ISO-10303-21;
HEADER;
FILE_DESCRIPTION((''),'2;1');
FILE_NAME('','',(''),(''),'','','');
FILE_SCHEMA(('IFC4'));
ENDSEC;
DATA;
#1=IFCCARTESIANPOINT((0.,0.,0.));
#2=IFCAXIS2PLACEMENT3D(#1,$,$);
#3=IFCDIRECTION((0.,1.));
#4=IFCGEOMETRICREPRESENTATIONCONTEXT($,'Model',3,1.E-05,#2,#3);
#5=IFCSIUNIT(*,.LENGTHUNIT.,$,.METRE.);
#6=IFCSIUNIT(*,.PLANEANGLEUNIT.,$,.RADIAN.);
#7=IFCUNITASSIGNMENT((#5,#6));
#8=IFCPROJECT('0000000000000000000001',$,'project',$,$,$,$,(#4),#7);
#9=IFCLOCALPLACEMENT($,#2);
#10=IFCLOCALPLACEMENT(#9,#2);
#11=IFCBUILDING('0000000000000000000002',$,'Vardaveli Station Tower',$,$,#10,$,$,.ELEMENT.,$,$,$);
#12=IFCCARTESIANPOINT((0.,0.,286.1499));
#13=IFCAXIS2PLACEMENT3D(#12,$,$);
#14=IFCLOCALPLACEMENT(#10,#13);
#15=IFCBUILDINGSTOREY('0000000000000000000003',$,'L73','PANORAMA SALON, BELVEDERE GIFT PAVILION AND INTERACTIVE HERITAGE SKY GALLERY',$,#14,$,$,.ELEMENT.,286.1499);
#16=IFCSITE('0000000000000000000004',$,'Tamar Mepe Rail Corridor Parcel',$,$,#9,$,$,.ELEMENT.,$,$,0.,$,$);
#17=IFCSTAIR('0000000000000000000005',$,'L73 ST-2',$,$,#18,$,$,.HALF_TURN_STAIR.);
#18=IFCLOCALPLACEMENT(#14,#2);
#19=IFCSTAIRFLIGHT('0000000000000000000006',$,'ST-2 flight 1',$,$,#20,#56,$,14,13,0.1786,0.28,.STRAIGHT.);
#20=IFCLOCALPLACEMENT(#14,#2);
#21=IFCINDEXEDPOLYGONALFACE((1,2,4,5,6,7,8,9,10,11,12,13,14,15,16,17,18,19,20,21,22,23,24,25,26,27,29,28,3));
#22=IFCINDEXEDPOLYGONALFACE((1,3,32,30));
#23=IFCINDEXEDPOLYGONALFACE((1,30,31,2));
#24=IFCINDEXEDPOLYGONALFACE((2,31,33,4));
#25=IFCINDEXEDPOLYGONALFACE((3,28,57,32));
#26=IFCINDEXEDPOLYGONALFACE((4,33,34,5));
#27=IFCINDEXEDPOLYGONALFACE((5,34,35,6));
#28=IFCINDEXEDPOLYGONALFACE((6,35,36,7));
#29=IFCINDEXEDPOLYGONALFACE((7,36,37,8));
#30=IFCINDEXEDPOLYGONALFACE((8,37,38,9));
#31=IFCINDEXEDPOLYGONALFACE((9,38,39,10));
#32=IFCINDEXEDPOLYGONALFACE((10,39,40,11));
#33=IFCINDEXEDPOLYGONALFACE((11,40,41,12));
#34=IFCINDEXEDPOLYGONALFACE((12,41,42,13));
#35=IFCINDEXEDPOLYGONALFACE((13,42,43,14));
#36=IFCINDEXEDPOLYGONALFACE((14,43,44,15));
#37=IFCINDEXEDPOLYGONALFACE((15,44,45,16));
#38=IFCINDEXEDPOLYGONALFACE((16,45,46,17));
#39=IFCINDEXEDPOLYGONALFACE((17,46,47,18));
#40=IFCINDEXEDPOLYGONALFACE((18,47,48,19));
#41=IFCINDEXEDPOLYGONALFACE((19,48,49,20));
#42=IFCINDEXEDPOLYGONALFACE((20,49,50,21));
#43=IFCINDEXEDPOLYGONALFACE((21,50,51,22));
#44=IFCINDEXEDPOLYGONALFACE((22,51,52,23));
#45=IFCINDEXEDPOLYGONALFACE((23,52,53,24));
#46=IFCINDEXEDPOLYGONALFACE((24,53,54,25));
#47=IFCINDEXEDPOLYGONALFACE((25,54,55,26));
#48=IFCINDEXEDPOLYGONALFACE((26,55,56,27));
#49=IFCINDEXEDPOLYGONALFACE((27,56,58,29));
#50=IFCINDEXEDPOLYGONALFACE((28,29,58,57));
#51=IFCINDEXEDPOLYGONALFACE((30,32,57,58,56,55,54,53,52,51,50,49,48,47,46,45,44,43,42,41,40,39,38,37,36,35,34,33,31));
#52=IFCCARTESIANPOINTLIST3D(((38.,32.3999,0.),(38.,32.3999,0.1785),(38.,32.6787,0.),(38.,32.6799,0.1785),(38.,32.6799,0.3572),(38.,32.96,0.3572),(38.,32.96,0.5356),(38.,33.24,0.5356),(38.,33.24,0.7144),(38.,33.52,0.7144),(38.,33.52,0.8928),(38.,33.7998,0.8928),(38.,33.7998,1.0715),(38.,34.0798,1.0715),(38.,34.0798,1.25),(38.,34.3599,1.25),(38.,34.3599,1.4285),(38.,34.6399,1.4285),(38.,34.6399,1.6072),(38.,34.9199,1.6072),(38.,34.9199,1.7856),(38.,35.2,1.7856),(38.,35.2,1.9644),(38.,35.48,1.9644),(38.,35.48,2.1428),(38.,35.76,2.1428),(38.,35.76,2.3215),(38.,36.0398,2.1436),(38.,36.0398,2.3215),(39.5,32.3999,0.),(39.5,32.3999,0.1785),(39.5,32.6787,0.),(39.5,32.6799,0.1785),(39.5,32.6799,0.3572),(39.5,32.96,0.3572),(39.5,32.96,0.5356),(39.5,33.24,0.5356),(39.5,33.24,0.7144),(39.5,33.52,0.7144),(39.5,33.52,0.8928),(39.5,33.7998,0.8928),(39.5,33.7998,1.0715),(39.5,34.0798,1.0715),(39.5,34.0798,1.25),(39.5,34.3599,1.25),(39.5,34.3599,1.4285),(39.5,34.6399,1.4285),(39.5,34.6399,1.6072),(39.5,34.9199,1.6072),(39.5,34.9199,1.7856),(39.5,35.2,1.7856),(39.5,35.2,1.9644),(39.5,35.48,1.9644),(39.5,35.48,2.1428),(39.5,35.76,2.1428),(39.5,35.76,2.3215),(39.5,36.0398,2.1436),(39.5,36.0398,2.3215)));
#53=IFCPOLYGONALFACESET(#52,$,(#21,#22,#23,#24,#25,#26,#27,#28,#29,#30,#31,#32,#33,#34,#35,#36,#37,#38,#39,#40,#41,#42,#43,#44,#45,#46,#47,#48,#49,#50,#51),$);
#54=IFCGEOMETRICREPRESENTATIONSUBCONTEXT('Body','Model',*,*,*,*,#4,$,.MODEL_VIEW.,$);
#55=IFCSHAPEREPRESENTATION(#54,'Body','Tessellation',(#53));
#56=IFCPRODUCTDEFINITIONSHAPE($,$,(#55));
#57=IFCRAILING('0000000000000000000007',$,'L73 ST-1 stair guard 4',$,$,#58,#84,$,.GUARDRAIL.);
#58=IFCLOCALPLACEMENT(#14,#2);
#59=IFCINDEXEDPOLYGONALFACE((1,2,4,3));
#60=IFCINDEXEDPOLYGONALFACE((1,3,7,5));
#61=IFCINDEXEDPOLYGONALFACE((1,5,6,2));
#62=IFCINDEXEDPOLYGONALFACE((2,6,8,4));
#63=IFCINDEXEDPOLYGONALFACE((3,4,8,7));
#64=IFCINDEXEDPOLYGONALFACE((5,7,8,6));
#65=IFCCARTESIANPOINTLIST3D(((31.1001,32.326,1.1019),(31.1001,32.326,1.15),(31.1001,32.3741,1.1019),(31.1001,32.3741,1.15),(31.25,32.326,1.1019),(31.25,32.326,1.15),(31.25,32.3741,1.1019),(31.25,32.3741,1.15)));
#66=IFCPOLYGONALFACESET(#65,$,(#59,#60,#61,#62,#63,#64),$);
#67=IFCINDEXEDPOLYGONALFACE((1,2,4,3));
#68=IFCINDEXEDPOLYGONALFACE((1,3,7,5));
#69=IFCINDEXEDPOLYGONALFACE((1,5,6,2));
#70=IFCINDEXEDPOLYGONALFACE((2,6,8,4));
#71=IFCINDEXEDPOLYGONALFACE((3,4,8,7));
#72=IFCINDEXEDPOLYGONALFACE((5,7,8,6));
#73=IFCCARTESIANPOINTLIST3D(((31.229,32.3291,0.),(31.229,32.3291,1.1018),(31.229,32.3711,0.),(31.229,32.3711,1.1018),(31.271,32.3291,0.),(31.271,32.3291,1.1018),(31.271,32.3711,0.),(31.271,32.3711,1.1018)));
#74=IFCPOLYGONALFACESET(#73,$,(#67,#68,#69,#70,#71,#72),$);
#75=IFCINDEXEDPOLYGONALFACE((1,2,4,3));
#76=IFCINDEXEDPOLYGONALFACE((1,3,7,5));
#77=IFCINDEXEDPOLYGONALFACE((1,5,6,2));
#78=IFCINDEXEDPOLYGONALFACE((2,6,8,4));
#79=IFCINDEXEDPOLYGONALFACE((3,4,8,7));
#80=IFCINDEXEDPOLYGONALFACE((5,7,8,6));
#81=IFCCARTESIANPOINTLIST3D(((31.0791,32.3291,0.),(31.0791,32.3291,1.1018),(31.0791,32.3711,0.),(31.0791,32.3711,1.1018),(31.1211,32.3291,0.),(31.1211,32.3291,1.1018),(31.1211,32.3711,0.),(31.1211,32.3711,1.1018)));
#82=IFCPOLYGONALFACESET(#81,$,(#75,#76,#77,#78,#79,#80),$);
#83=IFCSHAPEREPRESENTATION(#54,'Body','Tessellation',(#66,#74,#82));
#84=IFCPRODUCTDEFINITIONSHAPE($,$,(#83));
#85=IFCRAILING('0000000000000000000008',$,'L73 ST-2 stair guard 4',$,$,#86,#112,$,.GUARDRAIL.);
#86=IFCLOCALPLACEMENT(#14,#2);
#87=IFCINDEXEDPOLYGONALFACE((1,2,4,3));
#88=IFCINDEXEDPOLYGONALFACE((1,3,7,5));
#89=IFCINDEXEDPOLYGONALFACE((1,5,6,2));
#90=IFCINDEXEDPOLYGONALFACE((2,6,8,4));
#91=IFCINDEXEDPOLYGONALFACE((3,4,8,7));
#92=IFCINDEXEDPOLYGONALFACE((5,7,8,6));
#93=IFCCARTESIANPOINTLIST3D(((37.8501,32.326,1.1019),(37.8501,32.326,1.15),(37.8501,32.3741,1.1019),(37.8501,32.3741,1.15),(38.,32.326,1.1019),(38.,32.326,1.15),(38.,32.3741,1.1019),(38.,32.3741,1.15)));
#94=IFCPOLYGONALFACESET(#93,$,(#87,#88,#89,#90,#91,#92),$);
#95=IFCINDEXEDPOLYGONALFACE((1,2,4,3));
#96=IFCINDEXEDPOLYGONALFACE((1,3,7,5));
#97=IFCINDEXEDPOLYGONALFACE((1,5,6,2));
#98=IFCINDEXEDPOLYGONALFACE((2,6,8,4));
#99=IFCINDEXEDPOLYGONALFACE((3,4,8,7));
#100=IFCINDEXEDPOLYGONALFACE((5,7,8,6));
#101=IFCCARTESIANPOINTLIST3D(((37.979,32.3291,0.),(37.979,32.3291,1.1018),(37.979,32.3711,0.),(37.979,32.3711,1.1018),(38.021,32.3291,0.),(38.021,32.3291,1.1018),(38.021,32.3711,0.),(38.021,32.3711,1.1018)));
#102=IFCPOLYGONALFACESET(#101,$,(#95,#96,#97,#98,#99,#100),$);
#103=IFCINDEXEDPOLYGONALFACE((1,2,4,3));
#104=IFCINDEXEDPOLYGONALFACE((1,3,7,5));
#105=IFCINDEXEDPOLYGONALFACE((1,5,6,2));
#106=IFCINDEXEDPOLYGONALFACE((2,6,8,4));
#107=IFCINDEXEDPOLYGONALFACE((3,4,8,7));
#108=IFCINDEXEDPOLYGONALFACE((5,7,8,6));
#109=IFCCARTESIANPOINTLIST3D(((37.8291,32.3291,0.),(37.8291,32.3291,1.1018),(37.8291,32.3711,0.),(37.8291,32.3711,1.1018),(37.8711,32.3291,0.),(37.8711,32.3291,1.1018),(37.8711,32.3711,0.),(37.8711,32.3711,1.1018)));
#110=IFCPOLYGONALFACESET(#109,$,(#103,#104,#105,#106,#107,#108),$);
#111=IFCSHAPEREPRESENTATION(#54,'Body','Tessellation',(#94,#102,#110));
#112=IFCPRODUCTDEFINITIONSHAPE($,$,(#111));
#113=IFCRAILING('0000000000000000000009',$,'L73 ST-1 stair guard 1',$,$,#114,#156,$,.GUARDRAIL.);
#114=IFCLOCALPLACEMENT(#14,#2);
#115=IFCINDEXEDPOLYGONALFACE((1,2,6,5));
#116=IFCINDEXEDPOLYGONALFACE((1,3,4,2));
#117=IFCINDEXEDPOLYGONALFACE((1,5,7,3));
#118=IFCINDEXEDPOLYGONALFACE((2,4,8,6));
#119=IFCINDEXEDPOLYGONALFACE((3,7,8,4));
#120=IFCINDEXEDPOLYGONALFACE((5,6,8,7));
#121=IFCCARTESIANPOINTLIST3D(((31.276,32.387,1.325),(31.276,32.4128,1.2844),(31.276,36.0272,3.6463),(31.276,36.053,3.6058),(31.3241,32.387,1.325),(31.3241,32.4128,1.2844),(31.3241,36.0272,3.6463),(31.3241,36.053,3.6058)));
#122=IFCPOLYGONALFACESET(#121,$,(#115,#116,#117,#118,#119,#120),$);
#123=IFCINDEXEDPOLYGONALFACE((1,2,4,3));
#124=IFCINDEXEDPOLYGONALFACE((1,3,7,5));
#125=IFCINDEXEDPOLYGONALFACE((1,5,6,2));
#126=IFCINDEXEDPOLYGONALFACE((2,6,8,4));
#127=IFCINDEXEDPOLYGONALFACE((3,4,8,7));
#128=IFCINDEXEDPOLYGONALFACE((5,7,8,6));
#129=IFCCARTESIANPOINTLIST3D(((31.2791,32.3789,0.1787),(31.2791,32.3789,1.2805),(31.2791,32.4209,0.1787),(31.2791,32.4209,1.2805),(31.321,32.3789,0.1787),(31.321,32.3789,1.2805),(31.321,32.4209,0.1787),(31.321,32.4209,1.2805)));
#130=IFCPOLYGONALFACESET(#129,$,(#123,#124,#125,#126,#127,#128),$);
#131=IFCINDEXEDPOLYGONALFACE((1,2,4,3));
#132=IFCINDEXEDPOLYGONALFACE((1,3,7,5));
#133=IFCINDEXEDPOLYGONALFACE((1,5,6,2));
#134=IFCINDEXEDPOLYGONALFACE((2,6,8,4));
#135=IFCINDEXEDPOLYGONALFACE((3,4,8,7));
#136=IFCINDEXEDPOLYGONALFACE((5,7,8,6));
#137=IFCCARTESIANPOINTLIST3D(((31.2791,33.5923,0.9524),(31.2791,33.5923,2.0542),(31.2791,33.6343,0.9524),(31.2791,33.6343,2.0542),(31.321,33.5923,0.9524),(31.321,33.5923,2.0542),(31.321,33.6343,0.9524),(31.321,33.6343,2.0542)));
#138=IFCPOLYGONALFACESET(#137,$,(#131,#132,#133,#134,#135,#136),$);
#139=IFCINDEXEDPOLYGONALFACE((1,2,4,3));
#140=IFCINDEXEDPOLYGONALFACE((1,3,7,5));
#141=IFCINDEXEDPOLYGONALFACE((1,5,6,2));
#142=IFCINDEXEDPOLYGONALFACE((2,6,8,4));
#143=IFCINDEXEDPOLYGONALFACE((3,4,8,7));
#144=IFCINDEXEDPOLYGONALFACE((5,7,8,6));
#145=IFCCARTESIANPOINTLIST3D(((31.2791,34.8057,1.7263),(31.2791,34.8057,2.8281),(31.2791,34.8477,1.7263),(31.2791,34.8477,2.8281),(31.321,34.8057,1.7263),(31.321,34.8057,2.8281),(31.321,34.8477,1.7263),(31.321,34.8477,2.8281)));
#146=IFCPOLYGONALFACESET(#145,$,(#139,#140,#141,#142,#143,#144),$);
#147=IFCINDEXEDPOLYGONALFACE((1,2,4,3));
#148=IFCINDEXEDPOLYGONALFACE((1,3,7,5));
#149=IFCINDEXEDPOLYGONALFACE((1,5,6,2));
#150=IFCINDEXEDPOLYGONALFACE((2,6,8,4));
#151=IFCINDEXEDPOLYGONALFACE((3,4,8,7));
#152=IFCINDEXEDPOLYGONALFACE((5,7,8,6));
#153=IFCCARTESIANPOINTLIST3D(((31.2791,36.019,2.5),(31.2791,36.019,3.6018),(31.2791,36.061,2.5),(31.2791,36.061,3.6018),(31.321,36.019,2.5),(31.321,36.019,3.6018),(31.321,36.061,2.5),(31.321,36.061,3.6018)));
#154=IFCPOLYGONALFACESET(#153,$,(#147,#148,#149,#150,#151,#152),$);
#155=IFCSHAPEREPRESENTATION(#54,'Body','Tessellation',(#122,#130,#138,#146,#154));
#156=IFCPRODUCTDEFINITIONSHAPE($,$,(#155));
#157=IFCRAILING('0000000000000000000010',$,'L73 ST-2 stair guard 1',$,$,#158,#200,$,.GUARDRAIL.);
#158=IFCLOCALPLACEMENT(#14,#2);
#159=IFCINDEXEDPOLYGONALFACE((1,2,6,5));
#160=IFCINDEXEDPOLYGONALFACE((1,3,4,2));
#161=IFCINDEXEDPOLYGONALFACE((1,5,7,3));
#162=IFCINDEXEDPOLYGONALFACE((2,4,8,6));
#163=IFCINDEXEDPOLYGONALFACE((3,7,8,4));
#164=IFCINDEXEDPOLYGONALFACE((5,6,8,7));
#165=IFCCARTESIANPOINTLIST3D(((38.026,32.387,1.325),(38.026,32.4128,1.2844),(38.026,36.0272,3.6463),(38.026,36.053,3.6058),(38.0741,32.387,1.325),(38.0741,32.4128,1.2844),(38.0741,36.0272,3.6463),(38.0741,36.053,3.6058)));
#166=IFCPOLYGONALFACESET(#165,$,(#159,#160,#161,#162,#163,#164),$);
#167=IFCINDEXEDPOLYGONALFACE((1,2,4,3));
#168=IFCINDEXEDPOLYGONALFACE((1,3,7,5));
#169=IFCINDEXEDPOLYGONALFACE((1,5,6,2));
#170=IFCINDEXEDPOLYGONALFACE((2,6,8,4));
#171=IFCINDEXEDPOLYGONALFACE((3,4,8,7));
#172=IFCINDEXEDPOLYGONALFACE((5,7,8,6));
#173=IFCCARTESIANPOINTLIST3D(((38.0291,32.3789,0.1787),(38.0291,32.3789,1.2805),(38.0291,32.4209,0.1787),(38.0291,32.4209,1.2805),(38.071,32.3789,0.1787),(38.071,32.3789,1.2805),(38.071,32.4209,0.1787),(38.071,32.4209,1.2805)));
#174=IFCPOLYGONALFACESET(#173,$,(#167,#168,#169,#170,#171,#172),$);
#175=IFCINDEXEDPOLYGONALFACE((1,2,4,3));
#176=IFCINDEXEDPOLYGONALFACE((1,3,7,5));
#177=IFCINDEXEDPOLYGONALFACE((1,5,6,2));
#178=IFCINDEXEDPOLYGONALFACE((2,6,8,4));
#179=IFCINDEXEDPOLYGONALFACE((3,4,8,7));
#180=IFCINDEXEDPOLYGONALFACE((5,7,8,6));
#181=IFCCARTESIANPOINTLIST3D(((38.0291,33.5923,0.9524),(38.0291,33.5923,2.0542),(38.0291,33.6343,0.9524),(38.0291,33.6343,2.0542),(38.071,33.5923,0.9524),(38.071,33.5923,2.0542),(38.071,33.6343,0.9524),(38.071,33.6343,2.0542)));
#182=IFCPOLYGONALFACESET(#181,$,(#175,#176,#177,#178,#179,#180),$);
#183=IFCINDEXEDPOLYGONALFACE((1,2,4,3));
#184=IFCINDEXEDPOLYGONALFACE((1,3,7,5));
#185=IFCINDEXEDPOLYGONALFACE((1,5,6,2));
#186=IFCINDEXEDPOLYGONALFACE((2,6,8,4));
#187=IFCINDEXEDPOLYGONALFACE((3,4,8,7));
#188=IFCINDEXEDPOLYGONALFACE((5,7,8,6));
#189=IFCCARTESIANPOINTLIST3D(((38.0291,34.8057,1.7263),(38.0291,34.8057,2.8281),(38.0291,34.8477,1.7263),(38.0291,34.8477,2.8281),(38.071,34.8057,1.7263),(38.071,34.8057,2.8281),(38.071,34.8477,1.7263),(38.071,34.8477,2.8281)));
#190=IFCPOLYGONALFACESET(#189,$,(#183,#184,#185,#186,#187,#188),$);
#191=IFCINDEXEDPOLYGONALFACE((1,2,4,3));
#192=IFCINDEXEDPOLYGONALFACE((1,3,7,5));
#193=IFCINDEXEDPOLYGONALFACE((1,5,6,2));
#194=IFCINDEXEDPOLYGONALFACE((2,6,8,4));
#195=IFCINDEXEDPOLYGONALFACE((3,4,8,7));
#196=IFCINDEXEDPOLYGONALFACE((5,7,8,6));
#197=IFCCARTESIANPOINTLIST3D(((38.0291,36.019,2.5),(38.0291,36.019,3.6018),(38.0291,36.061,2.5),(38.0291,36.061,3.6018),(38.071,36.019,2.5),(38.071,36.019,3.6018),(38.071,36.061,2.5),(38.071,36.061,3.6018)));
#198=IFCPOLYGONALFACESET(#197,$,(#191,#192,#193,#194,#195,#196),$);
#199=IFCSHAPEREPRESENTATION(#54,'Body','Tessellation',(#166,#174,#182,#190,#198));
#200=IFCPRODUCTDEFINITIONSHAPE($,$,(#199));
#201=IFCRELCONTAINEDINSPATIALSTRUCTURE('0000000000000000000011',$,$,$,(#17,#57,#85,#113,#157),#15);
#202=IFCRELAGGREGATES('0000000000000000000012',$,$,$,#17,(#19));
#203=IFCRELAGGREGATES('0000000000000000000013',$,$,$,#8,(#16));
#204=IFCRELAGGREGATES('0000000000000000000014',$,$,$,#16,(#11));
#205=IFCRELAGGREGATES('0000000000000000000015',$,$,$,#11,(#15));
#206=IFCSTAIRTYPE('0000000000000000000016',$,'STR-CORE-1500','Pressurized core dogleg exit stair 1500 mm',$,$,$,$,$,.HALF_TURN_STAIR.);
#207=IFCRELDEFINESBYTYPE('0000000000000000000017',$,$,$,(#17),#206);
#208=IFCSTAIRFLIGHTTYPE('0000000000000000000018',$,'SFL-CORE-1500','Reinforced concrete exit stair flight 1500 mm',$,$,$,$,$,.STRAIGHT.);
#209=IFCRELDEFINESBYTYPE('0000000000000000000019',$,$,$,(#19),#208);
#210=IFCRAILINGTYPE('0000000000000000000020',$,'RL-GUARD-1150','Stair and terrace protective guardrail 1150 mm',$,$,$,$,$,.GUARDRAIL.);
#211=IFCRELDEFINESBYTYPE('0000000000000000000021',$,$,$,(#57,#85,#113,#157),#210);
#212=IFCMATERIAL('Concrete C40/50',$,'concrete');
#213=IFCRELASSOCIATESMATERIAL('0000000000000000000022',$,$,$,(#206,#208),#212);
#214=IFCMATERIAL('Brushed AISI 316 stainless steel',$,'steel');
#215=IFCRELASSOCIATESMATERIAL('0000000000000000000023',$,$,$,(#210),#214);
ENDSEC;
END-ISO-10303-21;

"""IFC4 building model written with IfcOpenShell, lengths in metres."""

from ifc_helpers import new_model, si_unit, direction, frame, origin, origin_2d, place, context, subcontext, project, spatial, polyline, rectangle, outline, extrude, source, transform, mapped, material, type_object, element, aggregate, save


model = new_model("IFC4")

# Units and contexts
model_context = context("Model", 3, precision=1e-05, world=origin(), true_north=direction((0.0, 1.0)))
body_context = subcontext(model_context, "Body", "Model", "MODEL_VIEW")
ifc_project = project(units=[si_unit("LENGTHUNIT", "METRE"), si_unit("PLANEANGLEUNIT", "RADIAN")], contexts=[model_context])

# Site, building, storey
site_placement = place(None, origin())
site = spatial("IfcSite", under=ifc_project, at=site_placement, Name="Tamar Mepe Rail Corridor Parcel", CompositionType="ELEMENT", RefElevation=0.0)
building_placement = place(site_placement, origin())
building = spatial("IfcBuilding", under=site, at=building_placement, Name="Vardaveli Station Tower", CompositionType="ELEMENT")
storey_placement = place(building_placement, frame((0.0, 0.0, 286.1499)))
storey = spatial("IfcBuildingStorey", under=building, at=storey_placement, Name="L73", Description="PANORAMA SALON, BELVEDERE GIFT PAVILION AND INTERACTIVE HERITAGE SKY GALLERY", CompositionType="ELEMENT", Elevation=286.1499)

# Shared definitions
ifc_material_1 = material(Name="Concrete C40/50", Category="concrete")

# Stair, stair flight
stair_type = type_object("IfcStairType", Name="STR-CORE-1500", Description="Pressurized core dogleg exit stair 1500 mm", PredefinedType="HALF_TURN_STAIR", material=ifc_material_1)
stair_flight_type = type_object("IfcStairFlightType", Name="SFL-CORE-1500", Description="Reinforced concrete exit stair flight 1500 mm", PredefinedType="STRAIGHT", material=ifc_material_1)
shared_shape_1 = source(origin(), body_context, "Body", "SweptSolid", [
    extrude(outline(polyline([(0.0, 0.0), (0.0, 0.1785), (0.28, 0.1785), (0.28, 0.3572), (0.5601, 0.3572), (0.5601, 0.5356), (0.8401, 0.5356), (0.8401, 0.7144), (1.1201, 0.7144), (1.1201, 0.8928), (1.3999, 0.8928), (1.3999, 1.0715), (1.6799, 1.0715), (1.6799, 1.25), (1.96, 1.25), (1.96, 1.4285), (2.24, 1.4285), (2.24, 1.6072), (2.52, 1.6072), (2.52, 1.7856), (2.8, 1.7856), (2.8, 1.9644), (3.0801, 1.9644), (3.0801, 2.1428), (3.3601, 2.1428), (3.3601, 2.3215), (3.6399, 2.3215), (3.6399, 2.5), (3.6399, 2.1436), (0.2788, 0.0), (0.0, 0.0)])), frame((0.0, 0.75, 0.0), z_axis=(0.0, -1.0, 0.0), x_axis=(1.0, 0.0, 0.0)), (0.0, 0.0, 1.0), 1.5),
])
stair_1_placement = place(storey_placement, origin())
stair_1 = element("IfcStair", 1, at=stair_1_placement, inside=storey, type_object=stair_type, Name="L73 ST-2", PredefinedType="HALF_TURN_STAIR")
stair_flight_1_placement = place(storey_placement, frame((38.75, 32.3999, 0.0), z_axis=(0.0, 0.0, 1.0), x_axis=(0.0, 1.0, 0.0)))
stair_flight_1 = element("IfcStairFlight", 2, at=stair_flight_1_placement, type_object=stair_flight_type, Name="ST-2 flight 1", NumberOfRisers=14, NumberOfTreads=13, PredefinedType="STRAIGHT", RiserHeight=0.1786, TreadLength=0.28, context=body_context, shape_type="MappedRepresentation", body=[
    mapped(shared_shape_1, transform((0.0, 0.0, 0.0), scale=1.0)),
])
aggregate(stair_1, [stair_flight_1])

# Railings
ifc_material_2 = material(Name="Brushed AISI 316 stainless steel", Category="steel")
railing_type_1 = type_object("IfcRailingType", Name="RL-GUARD-1150", Description="Stair and terrace protective guardrail 1150 mm", PredefinedType="GUARDRAIL", material=ifc_material_2)
shared_shape_2 = source(origin(), body_context, "Body", "SweptSolid", [
    extrude(rectangle(XDim=0.0481, YDim=0.0481, at=origin_2d()), frame((0.0, 0.0, 1.126), z_axis=(-1.0, 0.0, 0.0), x_axis=(0.0, -1.0, 0.0)), (0.0, 0.0, 1.0), 0.1499),
    extrude(rectangle(XDim=0.042, YDim=0.042, at=origin_2d()), origin(), (0.0, 0.0, 1.0), 1.1018),
    extrude(rectangle(XDim=0.042, YDim=0.042, at=origin_2d()), frame((-0.1499, 0.0, 0.0)), (0.0, 0.0, 1.0), 1.1018),
])
for number, where, name in (
    (3, (31.25, 32.3501, 0.0), "L73 ST-1 stair guard 4"),
    (4, (38.0, 32.3501, 0.0), "L73 ST-2 stair guard 4"),
):
    element("IfcRailing", number, at=place(storey_placement, frame(where)), inside=storey, type_object=railing_type_1, Name=name, PredefinedType="GUARDRAIL", context=body_context, shape_type="MappedRepresentation", body=[
        mapped(shared_shape_2, transform((0.0, 0.0, 0.0), scale=1.0)),
    ])
shared_shape_3 = source(origin(), body_context, "Body", "SweptSolid", [
    extrude(rectangle(XDim=0.0481, YDim=0.0481, at=origin_2d()), frame((0.0, 0.0, 1.126), z_axis=(0.0, 0.843153, 0.537673), x_axis=(-1.0, 0.0, 0.0)), (0.0, 0.0, 1.0), 4.3174),
    extrude(rectangle(XDim=0.042, YDim=0.042, at=origin_2d()), origin(), (0.0, 0.0, 1.0), 1.1018),
    extrude(rectangle(XDim=0.042, YDim=0.042, at=origin_2d()), frame((0.0, 1.2134, 0.7737)), (0.0, 0.0, 1.0), 1.1018),
    extrude(rectangle(XDim=0.042, YDim=0.042, at=origin_2d()), frame((0.0, 2.4268, 1.5476)), (0.0, 0.0, 1.0), 1.1018),
    extrude(rectangle(XDim=0.042, YDim=0.042, at=origin_2d()), frame((0.0, 3.6401, 2.3213)), (0.0, 0.0, 1.0), 1.1018),
])
for number, where, name in (
    (5, (31.3, 32.3999, 0.1787), "L73 ST-1 stair guard 1"),
    (6, (38.05, 32.3999, 0.1787), "L73 ST-2 stair guard 1"),
):
    element("IfcRailing", number, at=place(storey_placement, frame(where)), inside=storey, type_object=railing_type_1, Name=name, PredefinedType="GUARDRAIL", context=body_context, shape_type="MappedRepresentation", body=[
        mapped(shared_shape_3, transform((0.0, 0.0, 0.0), scale=1.0)),
    ])

save(model, "model.ifc")
